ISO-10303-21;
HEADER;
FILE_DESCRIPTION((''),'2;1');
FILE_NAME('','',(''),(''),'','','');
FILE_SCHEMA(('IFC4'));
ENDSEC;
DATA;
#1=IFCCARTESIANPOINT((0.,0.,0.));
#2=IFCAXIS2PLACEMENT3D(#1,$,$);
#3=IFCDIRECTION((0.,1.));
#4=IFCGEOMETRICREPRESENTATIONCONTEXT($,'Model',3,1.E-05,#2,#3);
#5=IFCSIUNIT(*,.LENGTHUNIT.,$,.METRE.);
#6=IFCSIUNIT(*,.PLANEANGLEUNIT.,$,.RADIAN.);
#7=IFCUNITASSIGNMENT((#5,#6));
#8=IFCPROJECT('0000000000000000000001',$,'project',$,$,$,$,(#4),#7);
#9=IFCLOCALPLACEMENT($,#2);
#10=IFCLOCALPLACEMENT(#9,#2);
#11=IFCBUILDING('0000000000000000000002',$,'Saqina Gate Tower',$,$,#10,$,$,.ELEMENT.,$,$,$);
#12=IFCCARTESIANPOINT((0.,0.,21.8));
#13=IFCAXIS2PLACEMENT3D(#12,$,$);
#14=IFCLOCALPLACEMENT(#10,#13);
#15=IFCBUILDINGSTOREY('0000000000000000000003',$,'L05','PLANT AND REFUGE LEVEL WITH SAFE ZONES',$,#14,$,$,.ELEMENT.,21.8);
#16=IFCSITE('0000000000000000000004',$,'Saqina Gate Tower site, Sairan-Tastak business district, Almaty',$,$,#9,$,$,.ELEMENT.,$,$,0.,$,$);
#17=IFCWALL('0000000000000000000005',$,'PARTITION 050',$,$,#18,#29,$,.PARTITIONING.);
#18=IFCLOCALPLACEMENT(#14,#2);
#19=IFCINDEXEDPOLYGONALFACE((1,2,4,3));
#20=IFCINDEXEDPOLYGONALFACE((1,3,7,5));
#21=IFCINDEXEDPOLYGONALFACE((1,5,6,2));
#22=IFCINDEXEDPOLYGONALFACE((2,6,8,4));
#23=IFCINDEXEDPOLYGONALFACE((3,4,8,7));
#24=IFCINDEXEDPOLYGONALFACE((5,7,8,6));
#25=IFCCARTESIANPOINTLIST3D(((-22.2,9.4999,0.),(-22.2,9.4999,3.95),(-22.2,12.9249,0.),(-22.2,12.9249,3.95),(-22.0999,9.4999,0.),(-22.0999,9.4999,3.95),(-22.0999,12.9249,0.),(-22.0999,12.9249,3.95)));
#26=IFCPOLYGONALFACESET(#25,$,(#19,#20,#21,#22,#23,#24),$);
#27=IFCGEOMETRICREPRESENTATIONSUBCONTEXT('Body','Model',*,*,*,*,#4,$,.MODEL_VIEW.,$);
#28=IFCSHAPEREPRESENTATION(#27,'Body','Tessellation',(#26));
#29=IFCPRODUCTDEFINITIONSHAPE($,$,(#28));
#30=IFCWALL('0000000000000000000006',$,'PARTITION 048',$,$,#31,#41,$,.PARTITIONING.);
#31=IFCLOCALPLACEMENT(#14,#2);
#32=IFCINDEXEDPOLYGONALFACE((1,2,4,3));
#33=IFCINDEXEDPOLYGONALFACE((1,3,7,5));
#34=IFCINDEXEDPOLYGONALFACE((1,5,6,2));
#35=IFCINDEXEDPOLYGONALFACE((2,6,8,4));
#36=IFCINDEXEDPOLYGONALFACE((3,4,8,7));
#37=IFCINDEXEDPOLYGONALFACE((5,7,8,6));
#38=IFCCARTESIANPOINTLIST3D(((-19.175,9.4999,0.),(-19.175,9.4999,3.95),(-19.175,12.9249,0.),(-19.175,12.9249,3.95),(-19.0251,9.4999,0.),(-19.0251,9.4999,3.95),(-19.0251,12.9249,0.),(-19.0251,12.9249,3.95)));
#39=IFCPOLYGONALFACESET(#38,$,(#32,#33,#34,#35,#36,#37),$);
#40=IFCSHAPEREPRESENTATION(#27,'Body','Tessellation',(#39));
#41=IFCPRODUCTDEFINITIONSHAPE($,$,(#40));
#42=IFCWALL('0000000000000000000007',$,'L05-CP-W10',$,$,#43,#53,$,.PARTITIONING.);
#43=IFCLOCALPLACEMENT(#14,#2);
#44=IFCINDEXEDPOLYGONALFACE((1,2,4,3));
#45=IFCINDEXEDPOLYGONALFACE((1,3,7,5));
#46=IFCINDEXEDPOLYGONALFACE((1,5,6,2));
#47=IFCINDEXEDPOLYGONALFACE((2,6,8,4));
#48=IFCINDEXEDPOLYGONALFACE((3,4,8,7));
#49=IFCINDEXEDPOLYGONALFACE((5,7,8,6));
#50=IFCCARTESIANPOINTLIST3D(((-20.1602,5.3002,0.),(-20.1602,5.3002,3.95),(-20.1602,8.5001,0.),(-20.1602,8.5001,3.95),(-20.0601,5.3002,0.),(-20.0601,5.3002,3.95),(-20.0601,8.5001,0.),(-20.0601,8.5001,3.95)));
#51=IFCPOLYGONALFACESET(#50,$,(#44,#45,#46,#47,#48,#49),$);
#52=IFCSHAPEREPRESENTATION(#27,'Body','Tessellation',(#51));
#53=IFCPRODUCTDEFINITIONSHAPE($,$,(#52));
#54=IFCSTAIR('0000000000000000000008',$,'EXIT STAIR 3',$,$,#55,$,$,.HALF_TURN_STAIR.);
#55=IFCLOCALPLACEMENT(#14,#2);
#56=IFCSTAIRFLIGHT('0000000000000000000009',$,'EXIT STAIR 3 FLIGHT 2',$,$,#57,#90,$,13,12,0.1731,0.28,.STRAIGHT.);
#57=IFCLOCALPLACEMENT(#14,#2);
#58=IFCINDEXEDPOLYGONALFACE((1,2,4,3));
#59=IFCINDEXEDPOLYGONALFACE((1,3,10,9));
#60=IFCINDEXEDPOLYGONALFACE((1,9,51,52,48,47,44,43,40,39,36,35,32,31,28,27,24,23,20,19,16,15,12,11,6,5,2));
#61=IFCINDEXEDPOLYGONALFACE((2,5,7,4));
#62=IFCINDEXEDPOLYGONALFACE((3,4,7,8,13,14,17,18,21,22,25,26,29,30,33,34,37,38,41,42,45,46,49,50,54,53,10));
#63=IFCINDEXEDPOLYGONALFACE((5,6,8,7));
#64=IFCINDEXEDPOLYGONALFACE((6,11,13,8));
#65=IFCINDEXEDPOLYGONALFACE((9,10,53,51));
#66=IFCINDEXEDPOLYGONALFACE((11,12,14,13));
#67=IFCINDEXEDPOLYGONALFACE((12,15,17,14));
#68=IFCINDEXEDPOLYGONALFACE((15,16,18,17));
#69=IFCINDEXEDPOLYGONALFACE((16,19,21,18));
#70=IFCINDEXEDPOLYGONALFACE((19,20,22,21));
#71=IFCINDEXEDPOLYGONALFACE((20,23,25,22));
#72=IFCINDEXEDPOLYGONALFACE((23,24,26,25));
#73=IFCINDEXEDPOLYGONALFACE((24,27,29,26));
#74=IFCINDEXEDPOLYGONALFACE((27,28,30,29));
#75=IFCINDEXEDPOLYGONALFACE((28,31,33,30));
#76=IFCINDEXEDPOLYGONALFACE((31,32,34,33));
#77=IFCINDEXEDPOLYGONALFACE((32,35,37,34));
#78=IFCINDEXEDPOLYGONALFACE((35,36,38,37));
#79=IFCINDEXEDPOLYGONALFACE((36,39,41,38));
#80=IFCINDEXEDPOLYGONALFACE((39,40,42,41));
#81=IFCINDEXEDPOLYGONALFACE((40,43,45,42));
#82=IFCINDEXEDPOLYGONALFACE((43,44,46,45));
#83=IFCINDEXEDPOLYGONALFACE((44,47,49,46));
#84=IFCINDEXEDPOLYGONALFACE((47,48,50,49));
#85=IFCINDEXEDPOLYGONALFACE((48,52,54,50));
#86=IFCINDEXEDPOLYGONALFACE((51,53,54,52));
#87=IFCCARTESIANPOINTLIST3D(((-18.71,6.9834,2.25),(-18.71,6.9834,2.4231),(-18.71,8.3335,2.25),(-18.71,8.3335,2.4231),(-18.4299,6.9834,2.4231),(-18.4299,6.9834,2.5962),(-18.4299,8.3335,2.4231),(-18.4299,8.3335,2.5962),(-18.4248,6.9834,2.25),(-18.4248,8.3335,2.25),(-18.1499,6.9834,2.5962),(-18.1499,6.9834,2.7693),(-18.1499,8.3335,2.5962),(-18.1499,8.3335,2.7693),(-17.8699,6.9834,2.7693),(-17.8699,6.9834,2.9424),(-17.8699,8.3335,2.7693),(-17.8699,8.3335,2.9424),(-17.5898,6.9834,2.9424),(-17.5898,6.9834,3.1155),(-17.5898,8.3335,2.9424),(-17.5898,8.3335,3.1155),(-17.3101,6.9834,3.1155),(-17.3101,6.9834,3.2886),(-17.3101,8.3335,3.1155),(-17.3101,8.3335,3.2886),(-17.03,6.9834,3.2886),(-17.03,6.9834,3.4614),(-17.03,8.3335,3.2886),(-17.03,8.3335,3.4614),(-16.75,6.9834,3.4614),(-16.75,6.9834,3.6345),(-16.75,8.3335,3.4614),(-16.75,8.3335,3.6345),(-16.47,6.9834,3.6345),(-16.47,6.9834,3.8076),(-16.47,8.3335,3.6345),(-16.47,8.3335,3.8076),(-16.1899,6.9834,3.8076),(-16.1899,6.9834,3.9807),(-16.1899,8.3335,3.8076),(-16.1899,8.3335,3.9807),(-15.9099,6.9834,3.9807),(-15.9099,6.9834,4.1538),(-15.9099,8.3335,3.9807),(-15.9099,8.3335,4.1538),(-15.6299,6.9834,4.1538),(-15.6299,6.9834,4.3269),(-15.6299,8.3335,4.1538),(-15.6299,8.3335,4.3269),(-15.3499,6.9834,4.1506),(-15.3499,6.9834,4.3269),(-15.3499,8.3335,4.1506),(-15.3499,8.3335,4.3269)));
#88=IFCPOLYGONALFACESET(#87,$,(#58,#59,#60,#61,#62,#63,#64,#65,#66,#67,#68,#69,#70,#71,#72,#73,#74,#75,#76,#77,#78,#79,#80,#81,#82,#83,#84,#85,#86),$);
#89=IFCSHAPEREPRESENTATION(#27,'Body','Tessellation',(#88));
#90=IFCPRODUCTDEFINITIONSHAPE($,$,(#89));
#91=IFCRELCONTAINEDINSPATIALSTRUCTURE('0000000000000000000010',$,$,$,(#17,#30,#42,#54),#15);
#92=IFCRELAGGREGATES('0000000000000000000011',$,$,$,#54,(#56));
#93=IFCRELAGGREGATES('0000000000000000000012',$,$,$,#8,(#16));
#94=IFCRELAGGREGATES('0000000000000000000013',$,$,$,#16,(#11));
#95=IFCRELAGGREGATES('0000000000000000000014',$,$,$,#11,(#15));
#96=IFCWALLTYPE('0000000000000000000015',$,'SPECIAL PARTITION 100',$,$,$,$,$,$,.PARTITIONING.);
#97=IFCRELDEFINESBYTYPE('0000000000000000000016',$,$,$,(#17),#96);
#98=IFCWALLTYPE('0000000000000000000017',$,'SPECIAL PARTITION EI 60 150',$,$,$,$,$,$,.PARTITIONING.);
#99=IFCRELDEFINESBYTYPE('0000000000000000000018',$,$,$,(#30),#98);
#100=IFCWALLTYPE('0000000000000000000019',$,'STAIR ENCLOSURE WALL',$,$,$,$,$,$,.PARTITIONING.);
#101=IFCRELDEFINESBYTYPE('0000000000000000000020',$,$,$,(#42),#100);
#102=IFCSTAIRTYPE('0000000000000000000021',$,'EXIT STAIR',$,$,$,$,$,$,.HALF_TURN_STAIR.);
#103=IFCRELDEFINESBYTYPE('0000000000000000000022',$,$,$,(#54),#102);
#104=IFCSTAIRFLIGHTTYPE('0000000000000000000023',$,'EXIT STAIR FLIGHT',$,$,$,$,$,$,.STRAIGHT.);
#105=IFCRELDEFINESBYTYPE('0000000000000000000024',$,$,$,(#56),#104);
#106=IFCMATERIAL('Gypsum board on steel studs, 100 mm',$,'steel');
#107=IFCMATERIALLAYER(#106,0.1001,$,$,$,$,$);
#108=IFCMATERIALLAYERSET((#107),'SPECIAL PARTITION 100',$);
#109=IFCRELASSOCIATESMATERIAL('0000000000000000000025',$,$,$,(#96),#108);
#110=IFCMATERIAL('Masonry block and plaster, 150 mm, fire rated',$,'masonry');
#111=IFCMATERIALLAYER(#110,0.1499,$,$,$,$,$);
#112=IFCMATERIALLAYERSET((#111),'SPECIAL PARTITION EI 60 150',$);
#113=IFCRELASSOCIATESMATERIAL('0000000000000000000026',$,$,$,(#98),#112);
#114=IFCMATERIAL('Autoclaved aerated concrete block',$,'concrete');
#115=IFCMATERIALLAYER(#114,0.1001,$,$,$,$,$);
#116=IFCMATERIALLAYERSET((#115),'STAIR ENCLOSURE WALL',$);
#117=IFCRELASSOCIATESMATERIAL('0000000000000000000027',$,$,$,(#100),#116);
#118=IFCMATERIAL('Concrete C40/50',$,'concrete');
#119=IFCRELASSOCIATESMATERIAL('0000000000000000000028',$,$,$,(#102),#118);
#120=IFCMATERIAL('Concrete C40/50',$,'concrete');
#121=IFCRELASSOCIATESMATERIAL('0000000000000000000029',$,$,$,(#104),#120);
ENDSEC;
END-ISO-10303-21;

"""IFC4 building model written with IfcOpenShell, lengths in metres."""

from ifc_helpers import new_model, si_unit, direction, frame, frame_2d, origin, place, context, subcontext, project, spatial, polyline, rectangle, outline, extrude, material, layer, layer_set, type_object, element, aggregate, save


model = new_model("IFC4")

# Units and contexts
model_context = context("Model", 3, precision=1e-05, world=origin(), true_north=direction((0.0, 1.0)))
body_context = subcontext(model_context, "Body", "Model", "MODEL_VIEW")
ifc_project = project(units=[si_unit("LENGTHUNIT", "METRE"), si_unit("PLANEANGLEUNIT", "RADIAN")], contexts=[model_context])

# Site, building, storey
site_placement = place(None, origin())
site = spatial("IfcSite", under=ifc_project, at=site_placement, Name="Saqina Gate Tower site, Sairan-Tastak business district, Almaty", CompositionType="ELEMENT", RefElevation=0.0)
building_placement = place(site_placement, origin())
building = spatial("IfcBuilding", under=site, at=building_placement, Name="Saqina Gate Tower", CompositionType="ELEMENT")
storey_placement = place(building_placement, frame((0.0, 0.0, 21.8)))
storey = spatial("IfcBuildingStorey", under=building, at=storey_placement, Name="L05", Description="PLANT AND REFUGE LEVEL WITH SAFE ZONES", CompositionType="ELEMENT", Elevation=21.8)

# Walls
ifc_material_1 = material(Name="Gypsum board on steel studs, 100 mm", Category="steel")
ifc_layer_1 = layer(ifc_material_1, 0.1001)
ifc_layer_set_1 = layer_set([ifc_layer_1], Name="SPECIAL PARTITION 100")
wall_type_1 = type_object("IfcWallType", Name="SPECIAL PARTITION 100", PredefinedType="PARTITIONING", material=ifc_layer_set_1)
wall_1_placement = place(storey_placement, frame((-22.1499, 9.5, 0.0), z_axis=(0.0, 0.0, 1.0), x_axis=(0.0, 1.0, 0.0)))
element("IfcWall", 1, at=wall_1_placement, inside=storey, type_object=wall_type_1, Name="PARTITION 050", PredefinedType="PARTITIONING", context=body_context, shape_type="SweptSolid", body=[
    extrude(rectangle(XDim=3.425, YDim=0.1001, at=frame_2d((1.7124, 0.0))), origin(), (0.0, 0.0, 1.0), 3.95),
])
ifc_material_2 = material(Name="Masonry block and plaster, 150 mm, fire rated", Category="masonry")
ifc_layer_2 = layer(ifc_material_2, 0.1499)
ifc_layer_set_2 = layer_set([ifc_layer_2], Name="SPECIAL PARTITION EI 60 150")
wall_type_2 = type_object("IfcWallType", Name="SPECIAL PARTITION EI 60 150", PredefinedType="PARTITIONING", material=ifc_layer_set_2)
wall_2_placement = place(storey_placement, frame((-19.1001, 9.5, 0.0), z_axis=(0.0, 0.0, 1.0), x_axis=(0.0, 1.0, 0.0)))
element("IfcWall", 2, at=wall_2_placement, inside=storey, type_object=wall_type_2, Name="PARTITION 048", PredefinedType="PARTITIONING", context=body_context, shape_type="SweptSolid", body=[
    extrude(rectangle(XDim=3.425, YDim=0.1499, at=frame_2d((1.7124, 0.0))), origin(), (0.0, 0.0, 1.0), 3.95),
])
ifc_material_3 = material(Name="Autoclaved aerated concrete block", Category="concrete")
ifc_layer_3 = layer(ifc_material_3, 0.1001)
ifc_layer_set_3 = layer_set([ifc_layer_3], Name="STAIR ENCLOSURE WALL")
wall_type_3 = type_object("IfcWallType", Name="STAIR ENCLOSURE WALL", PredefinedType="PARTITIONING", material=ifc_layer_set_3)
wall_3_placement = place(storey_placement, frame((-20.1101, 5.3, 0.0), z_axis=(0.0, 0.0, 1.0), x_axis=(0.0, 1.0, 0.0)))
element("IfcWall", 3, at=wall_3_placement, inside=storey, type_object=wall_type_3, Name="L05-CP-W10", PredefinedType="PARTITIONING", context=body_context, shape_type="SweptSolid", body=[
    extrude(rectangle(XDim=3.2, YDim=0.1001, at=frame_2d((1.6001, 0.0))), origin(), (0.0, 0.0, 1.0), 3.95),
])

# Stair, stair flight
ifc_material_4 = material(Name="Concrete C40/50", Category="concrete")
stair_type = type_object("IfcStairType", Name="EXIT STAIR", PredefinedType="HALF_TURN_STAIR", material=ifc_material_4)
stair_placement = place(storey_placement, origin())
stair = element("IfcStair", 4, at=stair_placement, inside=storey, type_object=stair_type, Name="EXIT STAIR 3", PredefinedType="HALF_TURN_STAIR")
ifc_material_5 = material(Name="Concrete C40/50", Category="concrete")
stair_flight_type = type_object("IfcStairFlightType", Name="EXIT STAIR FLIGHT", PredefinedType="STRAIGHT", material=ifc_material_5)
stair_flight_placement = place(storey_placement, frame((-18.71, 7.6584, 2.25), z_axis=(0.0, 0.0, 1.0), x_axis=(1.0, 0.0, 0.0)))
stair_flight = element("IfcStairFlight", 5, at=stair_flight_placement, type_object=stair_flight_type, Name="EXIT STAIR 3 FLIGHT 2", NumberOfRisers=13, NumberOfTreads=12, PredefinedType="STRAIGHT", RiserHeight=0.1731, TreadLength=0.28, context=body_context, shape_type="SweptSolid", body=[
    extrude(outline(polyline([(0.0, 0.0), (0.0, 0.1731), (0.28, 0.1731), (0.28, 0.3462), (0.5601, 0.3462), (0.5601, 0.5193), (0.8401, 0.5193), (0.8401, 0.6924), (1.1201, 0.6924), (1.1201, 0.8655), (1.3999, 0.8655), (1.3999, 1.0386), (1.6799, 1.0386), (1.6799, 1.2114), (1.96, 1.2114), (1.96, 1.3845), (2.24, 1.3845), (2.24, 1.5576), (2.52, 1.5576), (2.52, 1.7307), (2.8, 1.7307), (2.8, 1.9038), (3.0801, 1.9038), (3.0801, 2.0769), (3.3601, 2.0769), (3.3601, 2.25), (3.3601, 1.9006), (0.2852, 0.0), (0.0, 0.0)])), frame((0.0, 0.675, 0.0), z_axis=(0.0, -1.0, 0.0), x_axis=(1.0, 0.0, 0.0)), (0.0, 0.0, 1.0), 1.3501),
])
aggregate(stair, [stair_flight])

save(model, "model.ifc")
